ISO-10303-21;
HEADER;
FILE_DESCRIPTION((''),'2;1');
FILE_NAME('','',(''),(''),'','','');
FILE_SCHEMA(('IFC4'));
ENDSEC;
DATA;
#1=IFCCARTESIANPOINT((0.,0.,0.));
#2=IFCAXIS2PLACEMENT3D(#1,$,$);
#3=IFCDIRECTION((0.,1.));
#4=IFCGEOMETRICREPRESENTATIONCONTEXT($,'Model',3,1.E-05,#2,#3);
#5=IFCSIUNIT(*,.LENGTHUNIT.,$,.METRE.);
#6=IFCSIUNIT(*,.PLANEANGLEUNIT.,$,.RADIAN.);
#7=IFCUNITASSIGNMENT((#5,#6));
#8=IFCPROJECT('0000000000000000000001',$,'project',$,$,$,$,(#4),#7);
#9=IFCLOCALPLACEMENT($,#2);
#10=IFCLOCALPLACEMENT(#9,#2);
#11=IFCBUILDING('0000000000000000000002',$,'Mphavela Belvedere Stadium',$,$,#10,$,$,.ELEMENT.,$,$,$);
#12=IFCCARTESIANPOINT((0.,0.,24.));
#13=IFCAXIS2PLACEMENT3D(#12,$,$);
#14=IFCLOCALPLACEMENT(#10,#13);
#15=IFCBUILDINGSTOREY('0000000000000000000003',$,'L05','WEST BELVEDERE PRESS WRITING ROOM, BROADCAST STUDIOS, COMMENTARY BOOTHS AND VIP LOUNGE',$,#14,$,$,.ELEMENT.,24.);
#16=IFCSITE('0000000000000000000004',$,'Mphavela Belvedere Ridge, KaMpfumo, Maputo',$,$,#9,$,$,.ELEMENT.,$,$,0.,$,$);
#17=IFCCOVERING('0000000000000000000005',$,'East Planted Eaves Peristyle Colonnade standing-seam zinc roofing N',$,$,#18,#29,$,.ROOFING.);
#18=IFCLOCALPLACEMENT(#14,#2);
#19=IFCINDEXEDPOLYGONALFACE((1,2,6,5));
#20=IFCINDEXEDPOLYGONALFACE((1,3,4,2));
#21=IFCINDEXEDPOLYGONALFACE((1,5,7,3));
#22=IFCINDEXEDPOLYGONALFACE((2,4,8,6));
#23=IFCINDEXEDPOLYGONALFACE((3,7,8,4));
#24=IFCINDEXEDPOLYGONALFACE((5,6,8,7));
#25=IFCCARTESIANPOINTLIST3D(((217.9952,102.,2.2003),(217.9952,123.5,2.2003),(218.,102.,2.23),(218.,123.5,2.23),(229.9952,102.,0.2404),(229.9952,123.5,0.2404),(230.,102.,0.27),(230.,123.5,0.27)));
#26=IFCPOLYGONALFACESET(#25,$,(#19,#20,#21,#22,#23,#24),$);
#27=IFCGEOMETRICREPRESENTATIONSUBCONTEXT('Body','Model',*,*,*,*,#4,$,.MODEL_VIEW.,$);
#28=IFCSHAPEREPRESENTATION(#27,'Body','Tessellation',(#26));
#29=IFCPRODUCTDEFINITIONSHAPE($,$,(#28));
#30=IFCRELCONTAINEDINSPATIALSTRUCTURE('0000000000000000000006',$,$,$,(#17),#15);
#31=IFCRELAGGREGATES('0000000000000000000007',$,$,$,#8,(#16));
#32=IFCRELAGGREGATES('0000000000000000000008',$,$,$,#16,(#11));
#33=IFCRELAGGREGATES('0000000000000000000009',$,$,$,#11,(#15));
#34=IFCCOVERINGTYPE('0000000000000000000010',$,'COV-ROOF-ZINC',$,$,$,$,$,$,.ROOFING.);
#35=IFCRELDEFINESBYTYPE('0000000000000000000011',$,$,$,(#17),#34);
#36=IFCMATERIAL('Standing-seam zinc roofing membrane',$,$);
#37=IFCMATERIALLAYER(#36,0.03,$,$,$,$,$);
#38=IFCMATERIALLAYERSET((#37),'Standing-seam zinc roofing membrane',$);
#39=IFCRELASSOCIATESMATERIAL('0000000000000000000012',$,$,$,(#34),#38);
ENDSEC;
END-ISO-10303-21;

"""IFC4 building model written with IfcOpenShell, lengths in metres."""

from ifc_helpers import new_model, si_unit, direction, frame, origin, place, context, subcontext, project, spatial, polyline, outline, extrude, material, layer, layer_set, type_object, element, save


model = new_model("IFC4")

# Units and contexts
model_context = context("Model", 3, precision=1e-05, world=origin(), true_north=direction((0.0, 1.0)))
body_context = subcontext(model_context, "Body", "Model", "MODEL_VIEW")
ifc_project = project(units=[si_unit("LENGTHUNIT", "METRE"), si_unit("PLANEANGLEUNIT", "RADIAN")], contexts=[model_context])

# Site, building, storey
site_placement = place(None, origin())
site = spatial("IfcSite", under=ifc_project, at=site_placement, Name="Mphavela Belvedere Ridge, KaMpfumo, Maputo", CompositionType="ELEMENT", RefElevation=0.0)
building_placement = place(site_placement, origin())
building = spatial("IfcBuilding", under=site, at=building_placement, Name="Mphavela Belvedere Stadium", CompositionType="ELEMENT")
storey_placement = place(building_placement, frame((0.0, 0.0, 24.0)))
storey = spatial("IfcBuildingStorey", under=building, at=storey_placement, Name="L05", Description="WEST BELVEDERE PRESS WRITING ROOM, BROADCAST STUDIOS, COMMENTARY BOOTHS AND VIP LOUNGE", CompositionType="ELEMENT", Elevation=24.0)

# Covering
ifc_material_1 = material(Name="Standing-seam zinc roofing membrane")
ifc_layer_1 = layer(ifc_material_1, 0.03)
ifc_layer_set_1 = layer_set([ifc_layer_1], Name="Standing-seam zinc roofing membrane")
covering_type = type_object("IfcCoveringType", Name="COV-ROOF-ZINC", PredefinedType="ROOFING", material=ifc_layer_set_1)
covering_placement = place(storey_placement, frame((218.0, 102.0, 2.23), z_axis=(0.161194, 0.0, 0.986923), x_axis=(0.986923, 0.0, -0.161194)))
element("IfcCovering", 1, at=covering_placement, inside=storey, type_object=covering_type, Name="East Planted Eaves Peristyle Colonnade standing-seam zinc roofing N", PredefinedType="ROOFING", context=body_context, shape_type="SweptSolid", body=[
    extrude(outline(polyline([(0.0, 0.0), (12.159, 0.0), (12.159, 21.5), (0.0, 21.5), (0.0, 0.0)])), origin(), (0.0, 0.0, -1.0), 0.03),
])

save(model, "model.ifc")
